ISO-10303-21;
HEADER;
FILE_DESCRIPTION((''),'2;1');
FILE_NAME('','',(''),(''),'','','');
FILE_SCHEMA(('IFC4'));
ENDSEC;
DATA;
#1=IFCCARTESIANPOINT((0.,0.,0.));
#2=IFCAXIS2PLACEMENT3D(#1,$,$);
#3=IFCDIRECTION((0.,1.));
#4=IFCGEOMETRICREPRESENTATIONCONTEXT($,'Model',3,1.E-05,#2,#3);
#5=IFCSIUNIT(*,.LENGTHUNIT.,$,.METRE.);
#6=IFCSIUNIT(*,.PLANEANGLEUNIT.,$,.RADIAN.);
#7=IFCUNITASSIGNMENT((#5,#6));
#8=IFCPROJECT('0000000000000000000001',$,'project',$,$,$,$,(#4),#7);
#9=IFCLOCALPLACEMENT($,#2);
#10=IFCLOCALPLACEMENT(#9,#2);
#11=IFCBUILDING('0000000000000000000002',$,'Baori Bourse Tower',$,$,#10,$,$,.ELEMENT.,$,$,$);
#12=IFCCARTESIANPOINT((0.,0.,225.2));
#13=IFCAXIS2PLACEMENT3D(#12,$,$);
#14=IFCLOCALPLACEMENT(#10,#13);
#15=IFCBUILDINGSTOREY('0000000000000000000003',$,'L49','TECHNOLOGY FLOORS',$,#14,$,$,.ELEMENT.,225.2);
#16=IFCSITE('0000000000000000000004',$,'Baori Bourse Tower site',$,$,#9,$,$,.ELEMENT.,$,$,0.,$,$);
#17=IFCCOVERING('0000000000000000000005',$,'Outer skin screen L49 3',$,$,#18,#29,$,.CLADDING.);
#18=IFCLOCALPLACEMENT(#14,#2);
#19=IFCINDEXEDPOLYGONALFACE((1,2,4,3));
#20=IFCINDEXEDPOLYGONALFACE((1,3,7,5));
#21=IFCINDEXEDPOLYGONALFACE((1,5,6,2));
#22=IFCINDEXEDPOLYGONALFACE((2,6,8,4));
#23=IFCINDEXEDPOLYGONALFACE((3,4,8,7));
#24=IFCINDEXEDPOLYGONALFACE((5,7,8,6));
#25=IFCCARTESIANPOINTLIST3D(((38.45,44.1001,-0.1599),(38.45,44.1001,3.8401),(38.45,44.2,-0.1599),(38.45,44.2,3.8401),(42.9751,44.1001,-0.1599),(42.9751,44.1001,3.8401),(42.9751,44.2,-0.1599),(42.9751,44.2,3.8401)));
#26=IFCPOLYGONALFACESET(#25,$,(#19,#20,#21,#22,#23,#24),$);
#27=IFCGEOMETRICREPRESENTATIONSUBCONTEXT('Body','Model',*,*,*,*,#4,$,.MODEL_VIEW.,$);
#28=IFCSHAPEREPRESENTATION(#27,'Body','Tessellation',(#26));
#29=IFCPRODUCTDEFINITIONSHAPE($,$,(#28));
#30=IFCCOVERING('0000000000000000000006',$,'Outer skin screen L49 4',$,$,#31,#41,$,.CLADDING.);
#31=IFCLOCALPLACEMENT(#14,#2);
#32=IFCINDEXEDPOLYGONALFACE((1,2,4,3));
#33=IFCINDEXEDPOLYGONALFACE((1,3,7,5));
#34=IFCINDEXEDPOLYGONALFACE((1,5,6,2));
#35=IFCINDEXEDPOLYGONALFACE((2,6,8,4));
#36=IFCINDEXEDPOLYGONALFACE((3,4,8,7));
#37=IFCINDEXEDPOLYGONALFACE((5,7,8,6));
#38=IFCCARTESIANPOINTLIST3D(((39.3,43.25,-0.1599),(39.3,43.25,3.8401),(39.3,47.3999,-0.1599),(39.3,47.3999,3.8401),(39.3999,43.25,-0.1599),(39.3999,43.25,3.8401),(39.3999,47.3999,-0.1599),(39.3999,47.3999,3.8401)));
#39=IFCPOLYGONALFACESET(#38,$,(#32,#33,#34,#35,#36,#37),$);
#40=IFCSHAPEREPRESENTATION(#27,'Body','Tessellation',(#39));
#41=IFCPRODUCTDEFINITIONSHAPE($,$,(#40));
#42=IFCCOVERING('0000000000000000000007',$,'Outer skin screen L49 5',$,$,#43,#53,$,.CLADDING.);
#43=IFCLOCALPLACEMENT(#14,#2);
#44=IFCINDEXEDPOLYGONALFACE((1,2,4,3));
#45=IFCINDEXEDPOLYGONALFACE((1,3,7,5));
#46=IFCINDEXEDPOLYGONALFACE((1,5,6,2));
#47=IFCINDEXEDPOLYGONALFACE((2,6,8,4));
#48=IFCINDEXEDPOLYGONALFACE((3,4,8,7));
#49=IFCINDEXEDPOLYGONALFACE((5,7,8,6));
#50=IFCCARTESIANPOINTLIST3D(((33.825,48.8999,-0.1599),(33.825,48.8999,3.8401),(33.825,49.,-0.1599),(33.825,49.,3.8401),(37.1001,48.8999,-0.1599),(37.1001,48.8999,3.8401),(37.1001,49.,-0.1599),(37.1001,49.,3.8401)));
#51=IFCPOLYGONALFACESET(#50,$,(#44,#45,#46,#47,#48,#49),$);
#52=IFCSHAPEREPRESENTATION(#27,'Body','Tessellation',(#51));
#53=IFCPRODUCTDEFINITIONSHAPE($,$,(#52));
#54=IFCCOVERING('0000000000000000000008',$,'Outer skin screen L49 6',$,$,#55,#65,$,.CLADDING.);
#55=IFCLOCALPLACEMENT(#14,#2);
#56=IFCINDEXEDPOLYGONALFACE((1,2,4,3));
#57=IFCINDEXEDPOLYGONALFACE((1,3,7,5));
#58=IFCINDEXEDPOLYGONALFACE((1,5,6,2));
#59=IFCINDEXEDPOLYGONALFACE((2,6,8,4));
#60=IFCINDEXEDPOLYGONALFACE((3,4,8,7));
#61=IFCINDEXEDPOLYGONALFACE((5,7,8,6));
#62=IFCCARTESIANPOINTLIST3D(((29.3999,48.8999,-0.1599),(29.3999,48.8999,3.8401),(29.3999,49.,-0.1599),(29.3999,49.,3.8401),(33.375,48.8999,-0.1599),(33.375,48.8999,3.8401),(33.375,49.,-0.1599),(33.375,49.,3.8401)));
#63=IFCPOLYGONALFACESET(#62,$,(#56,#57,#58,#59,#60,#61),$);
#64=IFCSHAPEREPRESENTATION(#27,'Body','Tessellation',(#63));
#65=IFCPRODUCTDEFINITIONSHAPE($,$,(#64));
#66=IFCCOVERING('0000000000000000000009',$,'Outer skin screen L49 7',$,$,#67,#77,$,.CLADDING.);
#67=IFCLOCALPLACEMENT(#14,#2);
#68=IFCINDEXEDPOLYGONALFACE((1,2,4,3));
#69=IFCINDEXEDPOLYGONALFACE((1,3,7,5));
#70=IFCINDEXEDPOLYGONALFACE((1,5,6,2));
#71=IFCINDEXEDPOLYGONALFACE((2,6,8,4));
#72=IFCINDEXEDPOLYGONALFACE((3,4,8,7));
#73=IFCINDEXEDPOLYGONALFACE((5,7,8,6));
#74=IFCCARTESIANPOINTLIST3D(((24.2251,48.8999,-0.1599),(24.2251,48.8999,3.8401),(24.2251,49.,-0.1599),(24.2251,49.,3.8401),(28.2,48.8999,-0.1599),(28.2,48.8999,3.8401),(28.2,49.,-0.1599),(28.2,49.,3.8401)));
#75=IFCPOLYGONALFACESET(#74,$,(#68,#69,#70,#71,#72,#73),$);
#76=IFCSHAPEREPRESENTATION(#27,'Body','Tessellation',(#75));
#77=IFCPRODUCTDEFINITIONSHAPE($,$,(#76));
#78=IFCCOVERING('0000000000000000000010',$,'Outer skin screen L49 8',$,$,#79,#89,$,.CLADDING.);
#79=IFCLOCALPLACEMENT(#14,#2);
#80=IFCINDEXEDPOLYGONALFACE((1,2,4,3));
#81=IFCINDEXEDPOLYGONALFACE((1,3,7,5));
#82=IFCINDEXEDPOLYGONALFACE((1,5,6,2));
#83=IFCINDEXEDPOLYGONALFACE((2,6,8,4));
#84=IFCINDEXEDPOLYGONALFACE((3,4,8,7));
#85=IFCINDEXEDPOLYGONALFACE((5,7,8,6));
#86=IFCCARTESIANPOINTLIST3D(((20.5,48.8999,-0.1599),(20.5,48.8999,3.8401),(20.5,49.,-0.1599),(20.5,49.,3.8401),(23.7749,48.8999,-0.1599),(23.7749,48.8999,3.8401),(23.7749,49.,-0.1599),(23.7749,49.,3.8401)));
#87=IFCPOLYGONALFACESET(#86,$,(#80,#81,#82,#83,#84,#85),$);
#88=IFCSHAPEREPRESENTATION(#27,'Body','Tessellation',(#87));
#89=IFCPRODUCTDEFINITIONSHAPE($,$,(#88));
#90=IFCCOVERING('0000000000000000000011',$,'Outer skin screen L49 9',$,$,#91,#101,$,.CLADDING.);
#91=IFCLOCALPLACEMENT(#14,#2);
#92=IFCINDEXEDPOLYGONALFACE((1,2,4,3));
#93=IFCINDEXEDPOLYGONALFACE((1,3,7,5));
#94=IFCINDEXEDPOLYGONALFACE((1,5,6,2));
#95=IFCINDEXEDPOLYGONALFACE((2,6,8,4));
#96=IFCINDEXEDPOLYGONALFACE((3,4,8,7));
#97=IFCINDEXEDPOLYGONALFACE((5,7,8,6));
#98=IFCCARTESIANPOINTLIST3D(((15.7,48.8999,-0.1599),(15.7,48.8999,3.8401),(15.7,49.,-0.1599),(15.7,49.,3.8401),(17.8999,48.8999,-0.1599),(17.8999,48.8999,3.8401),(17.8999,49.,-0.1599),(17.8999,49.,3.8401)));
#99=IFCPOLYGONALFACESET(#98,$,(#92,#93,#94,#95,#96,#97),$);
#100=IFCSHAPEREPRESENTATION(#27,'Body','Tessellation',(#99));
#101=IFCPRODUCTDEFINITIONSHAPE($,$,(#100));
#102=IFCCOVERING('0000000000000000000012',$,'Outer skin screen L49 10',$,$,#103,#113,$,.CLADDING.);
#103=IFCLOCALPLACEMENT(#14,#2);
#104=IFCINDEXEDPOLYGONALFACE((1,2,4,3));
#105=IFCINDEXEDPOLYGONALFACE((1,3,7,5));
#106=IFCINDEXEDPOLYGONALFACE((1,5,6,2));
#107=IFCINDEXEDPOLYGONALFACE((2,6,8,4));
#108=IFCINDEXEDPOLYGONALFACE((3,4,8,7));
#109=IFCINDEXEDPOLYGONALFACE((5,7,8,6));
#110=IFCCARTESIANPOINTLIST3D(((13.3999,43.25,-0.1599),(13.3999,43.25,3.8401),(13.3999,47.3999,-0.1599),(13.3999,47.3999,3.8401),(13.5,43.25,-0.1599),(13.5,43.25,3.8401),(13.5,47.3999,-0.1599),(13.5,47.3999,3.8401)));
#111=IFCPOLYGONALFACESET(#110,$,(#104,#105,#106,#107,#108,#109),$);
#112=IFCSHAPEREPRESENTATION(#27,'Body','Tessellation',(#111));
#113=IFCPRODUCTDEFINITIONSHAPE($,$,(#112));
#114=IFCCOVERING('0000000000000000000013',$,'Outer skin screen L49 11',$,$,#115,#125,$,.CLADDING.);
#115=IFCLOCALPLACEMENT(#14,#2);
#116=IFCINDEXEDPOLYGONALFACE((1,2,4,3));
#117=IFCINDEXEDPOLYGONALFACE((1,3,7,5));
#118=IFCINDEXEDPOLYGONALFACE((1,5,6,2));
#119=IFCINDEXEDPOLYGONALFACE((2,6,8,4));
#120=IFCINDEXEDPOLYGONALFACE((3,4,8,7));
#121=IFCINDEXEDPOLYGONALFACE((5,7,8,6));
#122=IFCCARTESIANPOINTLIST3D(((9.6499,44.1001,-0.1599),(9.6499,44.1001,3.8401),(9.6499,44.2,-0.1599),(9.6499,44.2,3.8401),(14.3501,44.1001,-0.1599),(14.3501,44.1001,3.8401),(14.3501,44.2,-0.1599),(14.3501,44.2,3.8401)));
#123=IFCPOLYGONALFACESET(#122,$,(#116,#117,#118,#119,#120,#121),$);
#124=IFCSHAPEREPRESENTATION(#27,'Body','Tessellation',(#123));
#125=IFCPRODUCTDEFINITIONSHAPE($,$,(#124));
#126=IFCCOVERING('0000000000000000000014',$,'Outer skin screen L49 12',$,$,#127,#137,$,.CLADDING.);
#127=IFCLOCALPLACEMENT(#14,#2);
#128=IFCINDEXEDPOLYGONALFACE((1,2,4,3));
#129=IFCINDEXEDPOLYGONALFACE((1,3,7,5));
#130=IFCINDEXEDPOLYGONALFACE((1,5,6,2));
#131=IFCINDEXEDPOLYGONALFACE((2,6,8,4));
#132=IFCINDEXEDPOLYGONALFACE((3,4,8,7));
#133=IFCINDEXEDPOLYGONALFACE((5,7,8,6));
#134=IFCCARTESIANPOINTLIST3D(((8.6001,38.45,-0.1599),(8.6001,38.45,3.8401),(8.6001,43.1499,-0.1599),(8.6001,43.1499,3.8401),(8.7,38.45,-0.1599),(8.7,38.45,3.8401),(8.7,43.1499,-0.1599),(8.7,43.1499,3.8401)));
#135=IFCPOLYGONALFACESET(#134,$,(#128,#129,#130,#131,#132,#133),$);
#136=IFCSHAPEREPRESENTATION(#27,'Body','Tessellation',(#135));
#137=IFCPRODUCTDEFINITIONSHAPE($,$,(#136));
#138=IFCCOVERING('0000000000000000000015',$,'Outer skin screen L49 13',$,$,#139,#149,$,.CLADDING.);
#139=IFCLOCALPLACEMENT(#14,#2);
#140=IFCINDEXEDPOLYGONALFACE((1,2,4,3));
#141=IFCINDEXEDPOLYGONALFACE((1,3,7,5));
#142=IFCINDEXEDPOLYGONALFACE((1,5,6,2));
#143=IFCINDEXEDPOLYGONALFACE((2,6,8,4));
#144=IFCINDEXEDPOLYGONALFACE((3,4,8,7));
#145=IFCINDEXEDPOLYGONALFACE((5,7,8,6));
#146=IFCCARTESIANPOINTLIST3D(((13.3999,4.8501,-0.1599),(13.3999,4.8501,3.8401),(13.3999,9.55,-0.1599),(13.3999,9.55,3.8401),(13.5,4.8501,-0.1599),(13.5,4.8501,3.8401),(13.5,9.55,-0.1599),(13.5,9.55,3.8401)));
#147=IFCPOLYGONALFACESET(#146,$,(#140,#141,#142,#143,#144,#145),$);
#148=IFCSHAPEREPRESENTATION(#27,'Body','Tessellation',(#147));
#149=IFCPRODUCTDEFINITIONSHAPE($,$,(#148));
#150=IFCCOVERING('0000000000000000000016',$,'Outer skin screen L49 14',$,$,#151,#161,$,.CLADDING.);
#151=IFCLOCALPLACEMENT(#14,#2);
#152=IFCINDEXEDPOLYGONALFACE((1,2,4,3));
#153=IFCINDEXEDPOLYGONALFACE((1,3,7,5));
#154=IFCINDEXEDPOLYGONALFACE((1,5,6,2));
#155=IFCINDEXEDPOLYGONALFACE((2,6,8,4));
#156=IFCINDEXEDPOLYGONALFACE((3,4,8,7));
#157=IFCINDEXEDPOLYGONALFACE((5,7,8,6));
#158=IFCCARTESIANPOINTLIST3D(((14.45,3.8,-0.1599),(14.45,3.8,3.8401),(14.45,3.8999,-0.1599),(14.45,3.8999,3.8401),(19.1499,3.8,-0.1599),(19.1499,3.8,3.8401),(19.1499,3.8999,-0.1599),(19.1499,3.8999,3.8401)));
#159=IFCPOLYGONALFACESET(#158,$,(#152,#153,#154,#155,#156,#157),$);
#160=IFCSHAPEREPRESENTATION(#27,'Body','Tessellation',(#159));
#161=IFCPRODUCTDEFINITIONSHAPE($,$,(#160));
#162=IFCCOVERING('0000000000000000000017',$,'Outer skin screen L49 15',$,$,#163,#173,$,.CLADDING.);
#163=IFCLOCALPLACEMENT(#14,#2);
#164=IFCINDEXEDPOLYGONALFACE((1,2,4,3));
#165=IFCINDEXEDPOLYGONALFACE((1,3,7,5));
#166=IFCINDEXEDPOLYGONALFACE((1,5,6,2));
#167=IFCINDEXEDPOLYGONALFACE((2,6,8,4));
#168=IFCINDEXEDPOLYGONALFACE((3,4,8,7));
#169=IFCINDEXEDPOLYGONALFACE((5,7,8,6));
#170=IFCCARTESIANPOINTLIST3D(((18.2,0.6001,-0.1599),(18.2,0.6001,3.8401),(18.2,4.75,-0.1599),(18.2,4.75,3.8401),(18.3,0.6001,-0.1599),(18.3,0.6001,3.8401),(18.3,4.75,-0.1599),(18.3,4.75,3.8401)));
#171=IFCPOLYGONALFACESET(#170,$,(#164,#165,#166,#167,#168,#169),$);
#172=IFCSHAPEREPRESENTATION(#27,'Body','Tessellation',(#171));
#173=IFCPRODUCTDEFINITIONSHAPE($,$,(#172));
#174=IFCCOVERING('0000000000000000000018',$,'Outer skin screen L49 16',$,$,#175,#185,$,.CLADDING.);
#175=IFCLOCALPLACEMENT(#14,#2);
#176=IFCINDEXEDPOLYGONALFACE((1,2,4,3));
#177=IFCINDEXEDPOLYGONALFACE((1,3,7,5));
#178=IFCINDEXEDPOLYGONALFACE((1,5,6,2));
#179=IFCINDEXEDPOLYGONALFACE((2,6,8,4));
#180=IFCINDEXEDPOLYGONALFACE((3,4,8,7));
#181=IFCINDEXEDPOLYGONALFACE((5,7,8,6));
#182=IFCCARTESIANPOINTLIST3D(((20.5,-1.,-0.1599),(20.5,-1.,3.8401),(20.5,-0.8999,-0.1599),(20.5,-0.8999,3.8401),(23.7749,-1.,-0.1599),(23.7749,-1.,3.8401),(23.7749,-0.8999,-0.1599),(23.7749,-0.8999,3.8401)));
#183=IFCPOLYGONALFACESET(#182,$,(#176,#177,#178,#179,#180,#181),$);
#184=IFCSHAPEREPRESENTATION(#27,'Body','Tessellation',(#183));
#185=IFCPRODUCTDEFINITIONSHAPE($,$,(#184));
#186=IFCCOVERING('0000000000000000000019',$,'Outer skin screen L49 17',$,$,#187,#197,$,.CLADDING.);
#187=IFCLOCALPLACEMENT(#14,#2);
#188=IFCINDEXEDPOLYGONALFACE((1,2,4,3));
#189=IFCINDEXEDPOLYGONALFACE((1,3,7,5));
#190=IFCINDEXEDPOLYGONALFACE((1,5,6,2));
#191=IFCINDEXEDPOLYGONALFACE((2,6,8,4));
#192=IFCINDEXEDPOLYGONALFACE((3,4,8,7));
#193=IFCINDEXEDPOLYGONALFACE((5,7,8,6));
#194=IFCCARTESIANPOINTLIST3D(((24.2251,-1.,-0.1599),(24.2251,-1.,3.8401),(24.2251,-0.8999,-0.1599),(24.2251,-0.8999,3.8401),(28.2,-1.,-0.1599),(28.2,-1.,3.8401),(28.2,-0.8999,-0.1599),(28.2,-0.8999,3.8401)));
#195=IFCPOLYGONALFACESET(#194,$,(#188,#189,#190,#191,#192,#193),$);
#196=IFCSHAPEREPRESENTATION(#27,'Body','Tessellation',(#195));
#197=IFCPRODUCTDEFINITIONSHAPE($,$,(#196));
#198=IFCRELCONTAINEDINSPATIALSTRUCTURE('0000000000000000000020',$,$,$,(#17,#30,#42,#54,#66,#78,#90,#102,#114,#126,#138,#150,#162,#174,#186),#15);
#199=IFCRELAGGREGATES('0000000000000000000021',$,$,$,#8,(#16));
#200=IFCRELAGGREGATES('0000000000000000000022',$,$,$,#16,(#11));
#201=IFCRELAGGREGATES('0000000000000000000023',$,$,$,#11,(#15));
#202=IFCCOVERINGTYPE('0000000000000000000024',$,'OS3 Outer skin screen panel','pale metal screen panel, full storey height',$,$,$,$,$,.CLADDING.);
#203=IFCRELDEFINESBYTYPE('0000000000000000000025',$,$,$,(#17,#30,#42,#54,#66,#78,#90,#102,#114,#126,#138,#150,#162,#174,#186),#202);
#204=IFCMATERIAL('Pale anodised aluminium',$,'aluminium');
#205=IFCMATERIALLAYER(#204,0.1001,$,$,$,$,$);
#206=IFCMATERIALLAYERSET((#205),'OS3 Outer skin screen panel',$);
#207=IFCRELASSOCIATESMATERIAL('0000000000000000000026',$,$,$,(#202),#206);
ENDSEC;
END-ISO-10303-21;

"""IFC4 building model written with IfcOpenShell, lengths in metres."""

from ifc_helpers import new_model, si_unit, direction, frame, origin, place, context, subcontext, project, spatial, polyline, outline, extrude, material, layer, layer_set, type_object, element, save


model = new_model("IFC4")

# Units and contexts
model_context = context("Model", 3, precision=1e-05, world=origin(), true_north=direction((0.0, 1.0)))
body_context = subcontext(model_context, "Body", "Model", "MODEL_VIEW")
ifc_project = project(units=[si_unit("LENGTHUNIT", "METRE"), si_unit("PLANEANGLEUNIT", "RADIAN")], contexts=[model_context])

# Site, building, storey
site_placement = place(None, origin())
site = spatial("IfcSite", under=ifc_project, at=site_placement, Name="Baori Bourse Tower site", CompositionType="ELEMENT", RefElevation=0.0)
building_placement = place(site_placement, origin())
building = spatial("IfcBuilding", under=site, at=building_placement, Name="Baori Bourse Tower", CompositionType="ELEMENT")
storey_placement = place(building_placement, frame((0.0, 0.0, 225.2)))
storey = spatial("IfcBuildingStorey", under=building, at=storey_placement, Name="L49", Description="TECHNOLOGY FLOORS", CompositionType="ELEMENT", Elevation=225.2)

# Coverings
ifc_material_1 = material(Name="Pale anodised aluminium", Category="aluminium")
ifc_layer_1 = layer(ifc_material_1, 0.1001)
ifc_layer_set_1 = layer_set([ifc_layer_1], Name="OS3 Outer skin screen panel")
covering_type = type_object("IfcCoveringType", Name="OS3 Outer skin screen panel", Description="pale metal screen panel, full storey height", PredefinedType="CLADDING", material=ifc_layer_set_1)
covering_1_placement = place(storey_placement, frame((0.0, 0.0, -0.1599)))
element("IfcCovering", 1, at=covering_1_placement, inside=storey, type_object=covering_type, Name="Outer skin screen L49 3", PredefinedType="CLADDING", context=body_context, shape_type="SweptSolid", body=[
    extrude(outline(polyline([(38.45, 44.1001), (42.9751, 44.1001), (42.9751, 44.2), (38.45, 44.2), (38.45, 44.1001)])), origin(), (0.0, 0.0, 1.0), 4.0),
])
covering_2_placement = place(storey_placement, frame((0.0, 0.0, -0.1599)))
element("IfcCovering", 2, at=covering_2_placement, inside=storey, type_object=covering_type, Name="Outer skin screen L49 4", PredefinedType="CLADDING", context=body_context, shape_type="SweptSolid", body=[
    extrude(outline(polyline([(39.3, 47.3999), (39.3, 43.25), (39.3999, 43.25), (39.3999, 47.3999), (39.3, 47.3999)])), origin(), (0.0, 0.0, 1.0), 4.0),
])
covering_3_placement = place(storey_placement, frame((0.0, 0.0, -0.1599)))
element("IfcCovering", 3, at=covering_3_placement, inside=storey, type_object=covering_type, Name="Outer skin screen L49 5", PredefinedType="CLADDING", context=body_context, shape_type="SweptSolid", body=[
    extrude(outline(polyline([(33.825, 48.8999), (37.1001, 48.8999), (37.1001, 49.0), (33.825, 49.0), (33.825, 48.8999)])), origin(), (0.0, 0.0, 1.0), 4.0),
])
covering_4_placement = place(storey_placement, frame((0.0, 0.0, -0.1599)))
element("IfcCovering", 4, at=covering_4_placement, inside=storey, type_object=covering_type, Name="Outer skin screen L49 6", PredefinedType="CLADDING", context=body_context, shape_type="SweptSolid", body=[
    extrude(outline(polyline([(29.3999, 48.8999), (33.375, 48.8999), (33.375, 49.0), (29.3999, 49.0), (29.3999, 48.8999)])), origin(), (0.0, 0.0, 1.0), 4.0),
])
covering_5_placement = place(storey_placement, frame((0.0, 0.0, -0.1599)))
element("IfcCovering", 5, at=covering_5_placement, inside=storey, type_object=covering_type, Name="Outer skin screen L49 7", PredefinedType="CLADDING", context=body_context, shape_type="SweptSolid", body=[
    extrude(outline(polyline([(24.2251, 48.8999), (28.2, 48.8999), (28.2, 49.0), (24.2251, 49.0), (24.2251, 48.8999)])), origin(), (0.0, 0.0, 1.0), 4.0),
])
covering_6_placement = place(storey_placement, frame((0.0, 0.0, -0.1599)))
element("IfcCovering", 6, at=covering_6_placement, inside=storey, type_object=covering_type, Name="Outer skin screen L49 8", PredefinedType="CLADDING", context=body_context, shape_type="SweptSolid", body=[
    extrude(outline(polyline([(20.5, 48.8999), (23.7749, 48.8999), (23.7749, 49.0), (20.5, 49.0), (20.5, 48.8999)])), origin(), (0.0, 0.0, 1.0), 4.0),
])
covering_7_placement = place(storey_placement, frame((0.0, 0.0, -0.1599)))
element("IfcCovering", 7, at=covering_7_placement, inside=storey, type_object=covering_type, Name="Outer skin screen L49 9", PredefinedType="CLADDING", context=body_context, shape_type="SweptSolid", body=[
    extrude(outline(polyline([(15.7, 48.8999), (17.8999, 48.8999), (17.8999, 49.0), (15.7, 49.0), (15.7, 48.8999)])), origin(), (0.0, 0.0, 1.0), 4.0),
])
covering_8_placement = place(storey_placement, frame((0.0, 0.0, -0.1599)))
element("IfcCovering", 8, at=covering_8_placement, inside=storey, type_object=covering_type, Name="Outer skin screen L49 10", PredefinedType="CLADDING", context=body_context, shape_type="SweptSolid", body=[
    extrude(outline(polyline([(13.5, 43.25), (13.5, 47.3999), (13.3999, 47.3999), (13.3999, 43.25), (13.5, 43.25)])), origin(), (0.0, 0.0, 1.0), 4.0),
])
covering_9_placement = place(storey_placement, frame((0.0, 0.0, -0.1599)))
element("IfcCovering", 9, at=covering_9_placement, inside=storey, type_object=covering_type, Name="Outer skin screen L49 11", PredefinedType="CLADDING", context=body_context, shape_type="SweptSolid", body=[
    extrude(outline(polyline([(9.6499, 44.1001), (14.3501, 44.1001), (14.3501, 44.2), (9.6499, 44.2), (9.6499, 44.1001)])), origin(), (0.0, 0.0, 1.0), 4.0),
])
covering_10_placement = place(storey_placement, frame((0.0, 0.0, -0.1599)))
element("IfcCovering", 10, at=covering_10_placement, inside=storey, type_object=covering_type, Name="Outer skin screen L49 12", PredefinedType="CLADDING", context=body_context, shape_type="SweptSolid", body=[
    extrude(outline(polyline([(8.7, 38.45), (8.7, 43.1499), (8.6001, 43.1499), (8.6001, 38.45), (8.7, 38.45)])), origin(), (0.0, 0.0, 1.0), 4.0),
])
covering_11_placement = place(storey_placement, frame((0.0, 0.0, -0.1599)))
element("IfcCovering", 11, at=covering_11_placement, inside=storey, type_object=covering_type, Name="Outer skin screen L49 13", PredefinedType="CLADDING", context=body_context, shape_type="SweptSolid", body=[
    extrude(outline(polyline([(13.5, 4.8501), (13.5, 9.55), (13.3999, 9.55), (13.3999, 4.8501), (13.5, 4.8501)])), origin(), (0.0, 0.0, 1.0), 4.0),
])
covering_12_placement = place(storey_placement, frame((0.0, 0.0, -0.1599)))
element("IfcCovering", 12, at=covering_12_placement, inside=storey, type_object=covering_type, Name="Outer skin screen L49 14", PredefinedType="CLADDING", context=body_context, shape_type="SweptSolid", body=[
    extrude(outline(polyline([(19.1499, 3.8999), (14.45, 3.8999), (14.45, 3.8), (19.1499, 3.8), (19.1499, 3.8999)])), origin(), (0.0, 0.0, 1.0), 4.0),
])
covering_13_placement = place(storey_placement, frame((0.0, 0.0, -0.1599)))
element("IfcCovering", 13, at=covering_13_placement, inside=storey, type_object=covering_type, Name="Outer skin screen L49 15", PredefinedType="CLADDING", context=body_context, shape_type="SweptSolid", body=[
    extrude(outline(polyline([(18.3, 0.6001), (18.3, 4.75), (18.2, 4.75), (18.2, 0.6001), (18.3, 0.6001)])), origin(), (0.0, 0.0, 1.0), 4.0),
])
covering_14_placement = place(storey_placement, frame((0.0, 0.0, -0.1599)))
element("IfcCovering", 14, at=covering_14_placement, inside=storey, type_object=covering_type, Name="Outer skin screen L49 16", PredefinedType="CLADDING", context=body_context, shape_type="SweptSolid", body=[
    extrude(outline(polyline([(23.7749, -0.8999), (20.5, -0.8999), (20.5, -1.0), (23.7749, -1.0), (23.7749, -0.8999)])), origin(), (0.0, 0.0, 1.0), 4.0),
])
covering_15_placement = place(storey_placement, frame((0.0, 0.0, -0.1599)))
element("IfcCovering", 15, at=covering_15_placement, inside=storey, type_object=covering_type, Name="Outer skin screen L49 17", PredefinedType="CLADDING", context=body_context, shape_type="SweptSolid", body=[
    extrude(outline(polyline([(28.2, -0.8999), (24.2251, -0.8999), (24.2251, -1.0), (28.2, -1.0), (28.2, -0.8999)])), origin(), (0.0, 0.0, 1.0), 4.0),
])

save(model, "model.ifc")
